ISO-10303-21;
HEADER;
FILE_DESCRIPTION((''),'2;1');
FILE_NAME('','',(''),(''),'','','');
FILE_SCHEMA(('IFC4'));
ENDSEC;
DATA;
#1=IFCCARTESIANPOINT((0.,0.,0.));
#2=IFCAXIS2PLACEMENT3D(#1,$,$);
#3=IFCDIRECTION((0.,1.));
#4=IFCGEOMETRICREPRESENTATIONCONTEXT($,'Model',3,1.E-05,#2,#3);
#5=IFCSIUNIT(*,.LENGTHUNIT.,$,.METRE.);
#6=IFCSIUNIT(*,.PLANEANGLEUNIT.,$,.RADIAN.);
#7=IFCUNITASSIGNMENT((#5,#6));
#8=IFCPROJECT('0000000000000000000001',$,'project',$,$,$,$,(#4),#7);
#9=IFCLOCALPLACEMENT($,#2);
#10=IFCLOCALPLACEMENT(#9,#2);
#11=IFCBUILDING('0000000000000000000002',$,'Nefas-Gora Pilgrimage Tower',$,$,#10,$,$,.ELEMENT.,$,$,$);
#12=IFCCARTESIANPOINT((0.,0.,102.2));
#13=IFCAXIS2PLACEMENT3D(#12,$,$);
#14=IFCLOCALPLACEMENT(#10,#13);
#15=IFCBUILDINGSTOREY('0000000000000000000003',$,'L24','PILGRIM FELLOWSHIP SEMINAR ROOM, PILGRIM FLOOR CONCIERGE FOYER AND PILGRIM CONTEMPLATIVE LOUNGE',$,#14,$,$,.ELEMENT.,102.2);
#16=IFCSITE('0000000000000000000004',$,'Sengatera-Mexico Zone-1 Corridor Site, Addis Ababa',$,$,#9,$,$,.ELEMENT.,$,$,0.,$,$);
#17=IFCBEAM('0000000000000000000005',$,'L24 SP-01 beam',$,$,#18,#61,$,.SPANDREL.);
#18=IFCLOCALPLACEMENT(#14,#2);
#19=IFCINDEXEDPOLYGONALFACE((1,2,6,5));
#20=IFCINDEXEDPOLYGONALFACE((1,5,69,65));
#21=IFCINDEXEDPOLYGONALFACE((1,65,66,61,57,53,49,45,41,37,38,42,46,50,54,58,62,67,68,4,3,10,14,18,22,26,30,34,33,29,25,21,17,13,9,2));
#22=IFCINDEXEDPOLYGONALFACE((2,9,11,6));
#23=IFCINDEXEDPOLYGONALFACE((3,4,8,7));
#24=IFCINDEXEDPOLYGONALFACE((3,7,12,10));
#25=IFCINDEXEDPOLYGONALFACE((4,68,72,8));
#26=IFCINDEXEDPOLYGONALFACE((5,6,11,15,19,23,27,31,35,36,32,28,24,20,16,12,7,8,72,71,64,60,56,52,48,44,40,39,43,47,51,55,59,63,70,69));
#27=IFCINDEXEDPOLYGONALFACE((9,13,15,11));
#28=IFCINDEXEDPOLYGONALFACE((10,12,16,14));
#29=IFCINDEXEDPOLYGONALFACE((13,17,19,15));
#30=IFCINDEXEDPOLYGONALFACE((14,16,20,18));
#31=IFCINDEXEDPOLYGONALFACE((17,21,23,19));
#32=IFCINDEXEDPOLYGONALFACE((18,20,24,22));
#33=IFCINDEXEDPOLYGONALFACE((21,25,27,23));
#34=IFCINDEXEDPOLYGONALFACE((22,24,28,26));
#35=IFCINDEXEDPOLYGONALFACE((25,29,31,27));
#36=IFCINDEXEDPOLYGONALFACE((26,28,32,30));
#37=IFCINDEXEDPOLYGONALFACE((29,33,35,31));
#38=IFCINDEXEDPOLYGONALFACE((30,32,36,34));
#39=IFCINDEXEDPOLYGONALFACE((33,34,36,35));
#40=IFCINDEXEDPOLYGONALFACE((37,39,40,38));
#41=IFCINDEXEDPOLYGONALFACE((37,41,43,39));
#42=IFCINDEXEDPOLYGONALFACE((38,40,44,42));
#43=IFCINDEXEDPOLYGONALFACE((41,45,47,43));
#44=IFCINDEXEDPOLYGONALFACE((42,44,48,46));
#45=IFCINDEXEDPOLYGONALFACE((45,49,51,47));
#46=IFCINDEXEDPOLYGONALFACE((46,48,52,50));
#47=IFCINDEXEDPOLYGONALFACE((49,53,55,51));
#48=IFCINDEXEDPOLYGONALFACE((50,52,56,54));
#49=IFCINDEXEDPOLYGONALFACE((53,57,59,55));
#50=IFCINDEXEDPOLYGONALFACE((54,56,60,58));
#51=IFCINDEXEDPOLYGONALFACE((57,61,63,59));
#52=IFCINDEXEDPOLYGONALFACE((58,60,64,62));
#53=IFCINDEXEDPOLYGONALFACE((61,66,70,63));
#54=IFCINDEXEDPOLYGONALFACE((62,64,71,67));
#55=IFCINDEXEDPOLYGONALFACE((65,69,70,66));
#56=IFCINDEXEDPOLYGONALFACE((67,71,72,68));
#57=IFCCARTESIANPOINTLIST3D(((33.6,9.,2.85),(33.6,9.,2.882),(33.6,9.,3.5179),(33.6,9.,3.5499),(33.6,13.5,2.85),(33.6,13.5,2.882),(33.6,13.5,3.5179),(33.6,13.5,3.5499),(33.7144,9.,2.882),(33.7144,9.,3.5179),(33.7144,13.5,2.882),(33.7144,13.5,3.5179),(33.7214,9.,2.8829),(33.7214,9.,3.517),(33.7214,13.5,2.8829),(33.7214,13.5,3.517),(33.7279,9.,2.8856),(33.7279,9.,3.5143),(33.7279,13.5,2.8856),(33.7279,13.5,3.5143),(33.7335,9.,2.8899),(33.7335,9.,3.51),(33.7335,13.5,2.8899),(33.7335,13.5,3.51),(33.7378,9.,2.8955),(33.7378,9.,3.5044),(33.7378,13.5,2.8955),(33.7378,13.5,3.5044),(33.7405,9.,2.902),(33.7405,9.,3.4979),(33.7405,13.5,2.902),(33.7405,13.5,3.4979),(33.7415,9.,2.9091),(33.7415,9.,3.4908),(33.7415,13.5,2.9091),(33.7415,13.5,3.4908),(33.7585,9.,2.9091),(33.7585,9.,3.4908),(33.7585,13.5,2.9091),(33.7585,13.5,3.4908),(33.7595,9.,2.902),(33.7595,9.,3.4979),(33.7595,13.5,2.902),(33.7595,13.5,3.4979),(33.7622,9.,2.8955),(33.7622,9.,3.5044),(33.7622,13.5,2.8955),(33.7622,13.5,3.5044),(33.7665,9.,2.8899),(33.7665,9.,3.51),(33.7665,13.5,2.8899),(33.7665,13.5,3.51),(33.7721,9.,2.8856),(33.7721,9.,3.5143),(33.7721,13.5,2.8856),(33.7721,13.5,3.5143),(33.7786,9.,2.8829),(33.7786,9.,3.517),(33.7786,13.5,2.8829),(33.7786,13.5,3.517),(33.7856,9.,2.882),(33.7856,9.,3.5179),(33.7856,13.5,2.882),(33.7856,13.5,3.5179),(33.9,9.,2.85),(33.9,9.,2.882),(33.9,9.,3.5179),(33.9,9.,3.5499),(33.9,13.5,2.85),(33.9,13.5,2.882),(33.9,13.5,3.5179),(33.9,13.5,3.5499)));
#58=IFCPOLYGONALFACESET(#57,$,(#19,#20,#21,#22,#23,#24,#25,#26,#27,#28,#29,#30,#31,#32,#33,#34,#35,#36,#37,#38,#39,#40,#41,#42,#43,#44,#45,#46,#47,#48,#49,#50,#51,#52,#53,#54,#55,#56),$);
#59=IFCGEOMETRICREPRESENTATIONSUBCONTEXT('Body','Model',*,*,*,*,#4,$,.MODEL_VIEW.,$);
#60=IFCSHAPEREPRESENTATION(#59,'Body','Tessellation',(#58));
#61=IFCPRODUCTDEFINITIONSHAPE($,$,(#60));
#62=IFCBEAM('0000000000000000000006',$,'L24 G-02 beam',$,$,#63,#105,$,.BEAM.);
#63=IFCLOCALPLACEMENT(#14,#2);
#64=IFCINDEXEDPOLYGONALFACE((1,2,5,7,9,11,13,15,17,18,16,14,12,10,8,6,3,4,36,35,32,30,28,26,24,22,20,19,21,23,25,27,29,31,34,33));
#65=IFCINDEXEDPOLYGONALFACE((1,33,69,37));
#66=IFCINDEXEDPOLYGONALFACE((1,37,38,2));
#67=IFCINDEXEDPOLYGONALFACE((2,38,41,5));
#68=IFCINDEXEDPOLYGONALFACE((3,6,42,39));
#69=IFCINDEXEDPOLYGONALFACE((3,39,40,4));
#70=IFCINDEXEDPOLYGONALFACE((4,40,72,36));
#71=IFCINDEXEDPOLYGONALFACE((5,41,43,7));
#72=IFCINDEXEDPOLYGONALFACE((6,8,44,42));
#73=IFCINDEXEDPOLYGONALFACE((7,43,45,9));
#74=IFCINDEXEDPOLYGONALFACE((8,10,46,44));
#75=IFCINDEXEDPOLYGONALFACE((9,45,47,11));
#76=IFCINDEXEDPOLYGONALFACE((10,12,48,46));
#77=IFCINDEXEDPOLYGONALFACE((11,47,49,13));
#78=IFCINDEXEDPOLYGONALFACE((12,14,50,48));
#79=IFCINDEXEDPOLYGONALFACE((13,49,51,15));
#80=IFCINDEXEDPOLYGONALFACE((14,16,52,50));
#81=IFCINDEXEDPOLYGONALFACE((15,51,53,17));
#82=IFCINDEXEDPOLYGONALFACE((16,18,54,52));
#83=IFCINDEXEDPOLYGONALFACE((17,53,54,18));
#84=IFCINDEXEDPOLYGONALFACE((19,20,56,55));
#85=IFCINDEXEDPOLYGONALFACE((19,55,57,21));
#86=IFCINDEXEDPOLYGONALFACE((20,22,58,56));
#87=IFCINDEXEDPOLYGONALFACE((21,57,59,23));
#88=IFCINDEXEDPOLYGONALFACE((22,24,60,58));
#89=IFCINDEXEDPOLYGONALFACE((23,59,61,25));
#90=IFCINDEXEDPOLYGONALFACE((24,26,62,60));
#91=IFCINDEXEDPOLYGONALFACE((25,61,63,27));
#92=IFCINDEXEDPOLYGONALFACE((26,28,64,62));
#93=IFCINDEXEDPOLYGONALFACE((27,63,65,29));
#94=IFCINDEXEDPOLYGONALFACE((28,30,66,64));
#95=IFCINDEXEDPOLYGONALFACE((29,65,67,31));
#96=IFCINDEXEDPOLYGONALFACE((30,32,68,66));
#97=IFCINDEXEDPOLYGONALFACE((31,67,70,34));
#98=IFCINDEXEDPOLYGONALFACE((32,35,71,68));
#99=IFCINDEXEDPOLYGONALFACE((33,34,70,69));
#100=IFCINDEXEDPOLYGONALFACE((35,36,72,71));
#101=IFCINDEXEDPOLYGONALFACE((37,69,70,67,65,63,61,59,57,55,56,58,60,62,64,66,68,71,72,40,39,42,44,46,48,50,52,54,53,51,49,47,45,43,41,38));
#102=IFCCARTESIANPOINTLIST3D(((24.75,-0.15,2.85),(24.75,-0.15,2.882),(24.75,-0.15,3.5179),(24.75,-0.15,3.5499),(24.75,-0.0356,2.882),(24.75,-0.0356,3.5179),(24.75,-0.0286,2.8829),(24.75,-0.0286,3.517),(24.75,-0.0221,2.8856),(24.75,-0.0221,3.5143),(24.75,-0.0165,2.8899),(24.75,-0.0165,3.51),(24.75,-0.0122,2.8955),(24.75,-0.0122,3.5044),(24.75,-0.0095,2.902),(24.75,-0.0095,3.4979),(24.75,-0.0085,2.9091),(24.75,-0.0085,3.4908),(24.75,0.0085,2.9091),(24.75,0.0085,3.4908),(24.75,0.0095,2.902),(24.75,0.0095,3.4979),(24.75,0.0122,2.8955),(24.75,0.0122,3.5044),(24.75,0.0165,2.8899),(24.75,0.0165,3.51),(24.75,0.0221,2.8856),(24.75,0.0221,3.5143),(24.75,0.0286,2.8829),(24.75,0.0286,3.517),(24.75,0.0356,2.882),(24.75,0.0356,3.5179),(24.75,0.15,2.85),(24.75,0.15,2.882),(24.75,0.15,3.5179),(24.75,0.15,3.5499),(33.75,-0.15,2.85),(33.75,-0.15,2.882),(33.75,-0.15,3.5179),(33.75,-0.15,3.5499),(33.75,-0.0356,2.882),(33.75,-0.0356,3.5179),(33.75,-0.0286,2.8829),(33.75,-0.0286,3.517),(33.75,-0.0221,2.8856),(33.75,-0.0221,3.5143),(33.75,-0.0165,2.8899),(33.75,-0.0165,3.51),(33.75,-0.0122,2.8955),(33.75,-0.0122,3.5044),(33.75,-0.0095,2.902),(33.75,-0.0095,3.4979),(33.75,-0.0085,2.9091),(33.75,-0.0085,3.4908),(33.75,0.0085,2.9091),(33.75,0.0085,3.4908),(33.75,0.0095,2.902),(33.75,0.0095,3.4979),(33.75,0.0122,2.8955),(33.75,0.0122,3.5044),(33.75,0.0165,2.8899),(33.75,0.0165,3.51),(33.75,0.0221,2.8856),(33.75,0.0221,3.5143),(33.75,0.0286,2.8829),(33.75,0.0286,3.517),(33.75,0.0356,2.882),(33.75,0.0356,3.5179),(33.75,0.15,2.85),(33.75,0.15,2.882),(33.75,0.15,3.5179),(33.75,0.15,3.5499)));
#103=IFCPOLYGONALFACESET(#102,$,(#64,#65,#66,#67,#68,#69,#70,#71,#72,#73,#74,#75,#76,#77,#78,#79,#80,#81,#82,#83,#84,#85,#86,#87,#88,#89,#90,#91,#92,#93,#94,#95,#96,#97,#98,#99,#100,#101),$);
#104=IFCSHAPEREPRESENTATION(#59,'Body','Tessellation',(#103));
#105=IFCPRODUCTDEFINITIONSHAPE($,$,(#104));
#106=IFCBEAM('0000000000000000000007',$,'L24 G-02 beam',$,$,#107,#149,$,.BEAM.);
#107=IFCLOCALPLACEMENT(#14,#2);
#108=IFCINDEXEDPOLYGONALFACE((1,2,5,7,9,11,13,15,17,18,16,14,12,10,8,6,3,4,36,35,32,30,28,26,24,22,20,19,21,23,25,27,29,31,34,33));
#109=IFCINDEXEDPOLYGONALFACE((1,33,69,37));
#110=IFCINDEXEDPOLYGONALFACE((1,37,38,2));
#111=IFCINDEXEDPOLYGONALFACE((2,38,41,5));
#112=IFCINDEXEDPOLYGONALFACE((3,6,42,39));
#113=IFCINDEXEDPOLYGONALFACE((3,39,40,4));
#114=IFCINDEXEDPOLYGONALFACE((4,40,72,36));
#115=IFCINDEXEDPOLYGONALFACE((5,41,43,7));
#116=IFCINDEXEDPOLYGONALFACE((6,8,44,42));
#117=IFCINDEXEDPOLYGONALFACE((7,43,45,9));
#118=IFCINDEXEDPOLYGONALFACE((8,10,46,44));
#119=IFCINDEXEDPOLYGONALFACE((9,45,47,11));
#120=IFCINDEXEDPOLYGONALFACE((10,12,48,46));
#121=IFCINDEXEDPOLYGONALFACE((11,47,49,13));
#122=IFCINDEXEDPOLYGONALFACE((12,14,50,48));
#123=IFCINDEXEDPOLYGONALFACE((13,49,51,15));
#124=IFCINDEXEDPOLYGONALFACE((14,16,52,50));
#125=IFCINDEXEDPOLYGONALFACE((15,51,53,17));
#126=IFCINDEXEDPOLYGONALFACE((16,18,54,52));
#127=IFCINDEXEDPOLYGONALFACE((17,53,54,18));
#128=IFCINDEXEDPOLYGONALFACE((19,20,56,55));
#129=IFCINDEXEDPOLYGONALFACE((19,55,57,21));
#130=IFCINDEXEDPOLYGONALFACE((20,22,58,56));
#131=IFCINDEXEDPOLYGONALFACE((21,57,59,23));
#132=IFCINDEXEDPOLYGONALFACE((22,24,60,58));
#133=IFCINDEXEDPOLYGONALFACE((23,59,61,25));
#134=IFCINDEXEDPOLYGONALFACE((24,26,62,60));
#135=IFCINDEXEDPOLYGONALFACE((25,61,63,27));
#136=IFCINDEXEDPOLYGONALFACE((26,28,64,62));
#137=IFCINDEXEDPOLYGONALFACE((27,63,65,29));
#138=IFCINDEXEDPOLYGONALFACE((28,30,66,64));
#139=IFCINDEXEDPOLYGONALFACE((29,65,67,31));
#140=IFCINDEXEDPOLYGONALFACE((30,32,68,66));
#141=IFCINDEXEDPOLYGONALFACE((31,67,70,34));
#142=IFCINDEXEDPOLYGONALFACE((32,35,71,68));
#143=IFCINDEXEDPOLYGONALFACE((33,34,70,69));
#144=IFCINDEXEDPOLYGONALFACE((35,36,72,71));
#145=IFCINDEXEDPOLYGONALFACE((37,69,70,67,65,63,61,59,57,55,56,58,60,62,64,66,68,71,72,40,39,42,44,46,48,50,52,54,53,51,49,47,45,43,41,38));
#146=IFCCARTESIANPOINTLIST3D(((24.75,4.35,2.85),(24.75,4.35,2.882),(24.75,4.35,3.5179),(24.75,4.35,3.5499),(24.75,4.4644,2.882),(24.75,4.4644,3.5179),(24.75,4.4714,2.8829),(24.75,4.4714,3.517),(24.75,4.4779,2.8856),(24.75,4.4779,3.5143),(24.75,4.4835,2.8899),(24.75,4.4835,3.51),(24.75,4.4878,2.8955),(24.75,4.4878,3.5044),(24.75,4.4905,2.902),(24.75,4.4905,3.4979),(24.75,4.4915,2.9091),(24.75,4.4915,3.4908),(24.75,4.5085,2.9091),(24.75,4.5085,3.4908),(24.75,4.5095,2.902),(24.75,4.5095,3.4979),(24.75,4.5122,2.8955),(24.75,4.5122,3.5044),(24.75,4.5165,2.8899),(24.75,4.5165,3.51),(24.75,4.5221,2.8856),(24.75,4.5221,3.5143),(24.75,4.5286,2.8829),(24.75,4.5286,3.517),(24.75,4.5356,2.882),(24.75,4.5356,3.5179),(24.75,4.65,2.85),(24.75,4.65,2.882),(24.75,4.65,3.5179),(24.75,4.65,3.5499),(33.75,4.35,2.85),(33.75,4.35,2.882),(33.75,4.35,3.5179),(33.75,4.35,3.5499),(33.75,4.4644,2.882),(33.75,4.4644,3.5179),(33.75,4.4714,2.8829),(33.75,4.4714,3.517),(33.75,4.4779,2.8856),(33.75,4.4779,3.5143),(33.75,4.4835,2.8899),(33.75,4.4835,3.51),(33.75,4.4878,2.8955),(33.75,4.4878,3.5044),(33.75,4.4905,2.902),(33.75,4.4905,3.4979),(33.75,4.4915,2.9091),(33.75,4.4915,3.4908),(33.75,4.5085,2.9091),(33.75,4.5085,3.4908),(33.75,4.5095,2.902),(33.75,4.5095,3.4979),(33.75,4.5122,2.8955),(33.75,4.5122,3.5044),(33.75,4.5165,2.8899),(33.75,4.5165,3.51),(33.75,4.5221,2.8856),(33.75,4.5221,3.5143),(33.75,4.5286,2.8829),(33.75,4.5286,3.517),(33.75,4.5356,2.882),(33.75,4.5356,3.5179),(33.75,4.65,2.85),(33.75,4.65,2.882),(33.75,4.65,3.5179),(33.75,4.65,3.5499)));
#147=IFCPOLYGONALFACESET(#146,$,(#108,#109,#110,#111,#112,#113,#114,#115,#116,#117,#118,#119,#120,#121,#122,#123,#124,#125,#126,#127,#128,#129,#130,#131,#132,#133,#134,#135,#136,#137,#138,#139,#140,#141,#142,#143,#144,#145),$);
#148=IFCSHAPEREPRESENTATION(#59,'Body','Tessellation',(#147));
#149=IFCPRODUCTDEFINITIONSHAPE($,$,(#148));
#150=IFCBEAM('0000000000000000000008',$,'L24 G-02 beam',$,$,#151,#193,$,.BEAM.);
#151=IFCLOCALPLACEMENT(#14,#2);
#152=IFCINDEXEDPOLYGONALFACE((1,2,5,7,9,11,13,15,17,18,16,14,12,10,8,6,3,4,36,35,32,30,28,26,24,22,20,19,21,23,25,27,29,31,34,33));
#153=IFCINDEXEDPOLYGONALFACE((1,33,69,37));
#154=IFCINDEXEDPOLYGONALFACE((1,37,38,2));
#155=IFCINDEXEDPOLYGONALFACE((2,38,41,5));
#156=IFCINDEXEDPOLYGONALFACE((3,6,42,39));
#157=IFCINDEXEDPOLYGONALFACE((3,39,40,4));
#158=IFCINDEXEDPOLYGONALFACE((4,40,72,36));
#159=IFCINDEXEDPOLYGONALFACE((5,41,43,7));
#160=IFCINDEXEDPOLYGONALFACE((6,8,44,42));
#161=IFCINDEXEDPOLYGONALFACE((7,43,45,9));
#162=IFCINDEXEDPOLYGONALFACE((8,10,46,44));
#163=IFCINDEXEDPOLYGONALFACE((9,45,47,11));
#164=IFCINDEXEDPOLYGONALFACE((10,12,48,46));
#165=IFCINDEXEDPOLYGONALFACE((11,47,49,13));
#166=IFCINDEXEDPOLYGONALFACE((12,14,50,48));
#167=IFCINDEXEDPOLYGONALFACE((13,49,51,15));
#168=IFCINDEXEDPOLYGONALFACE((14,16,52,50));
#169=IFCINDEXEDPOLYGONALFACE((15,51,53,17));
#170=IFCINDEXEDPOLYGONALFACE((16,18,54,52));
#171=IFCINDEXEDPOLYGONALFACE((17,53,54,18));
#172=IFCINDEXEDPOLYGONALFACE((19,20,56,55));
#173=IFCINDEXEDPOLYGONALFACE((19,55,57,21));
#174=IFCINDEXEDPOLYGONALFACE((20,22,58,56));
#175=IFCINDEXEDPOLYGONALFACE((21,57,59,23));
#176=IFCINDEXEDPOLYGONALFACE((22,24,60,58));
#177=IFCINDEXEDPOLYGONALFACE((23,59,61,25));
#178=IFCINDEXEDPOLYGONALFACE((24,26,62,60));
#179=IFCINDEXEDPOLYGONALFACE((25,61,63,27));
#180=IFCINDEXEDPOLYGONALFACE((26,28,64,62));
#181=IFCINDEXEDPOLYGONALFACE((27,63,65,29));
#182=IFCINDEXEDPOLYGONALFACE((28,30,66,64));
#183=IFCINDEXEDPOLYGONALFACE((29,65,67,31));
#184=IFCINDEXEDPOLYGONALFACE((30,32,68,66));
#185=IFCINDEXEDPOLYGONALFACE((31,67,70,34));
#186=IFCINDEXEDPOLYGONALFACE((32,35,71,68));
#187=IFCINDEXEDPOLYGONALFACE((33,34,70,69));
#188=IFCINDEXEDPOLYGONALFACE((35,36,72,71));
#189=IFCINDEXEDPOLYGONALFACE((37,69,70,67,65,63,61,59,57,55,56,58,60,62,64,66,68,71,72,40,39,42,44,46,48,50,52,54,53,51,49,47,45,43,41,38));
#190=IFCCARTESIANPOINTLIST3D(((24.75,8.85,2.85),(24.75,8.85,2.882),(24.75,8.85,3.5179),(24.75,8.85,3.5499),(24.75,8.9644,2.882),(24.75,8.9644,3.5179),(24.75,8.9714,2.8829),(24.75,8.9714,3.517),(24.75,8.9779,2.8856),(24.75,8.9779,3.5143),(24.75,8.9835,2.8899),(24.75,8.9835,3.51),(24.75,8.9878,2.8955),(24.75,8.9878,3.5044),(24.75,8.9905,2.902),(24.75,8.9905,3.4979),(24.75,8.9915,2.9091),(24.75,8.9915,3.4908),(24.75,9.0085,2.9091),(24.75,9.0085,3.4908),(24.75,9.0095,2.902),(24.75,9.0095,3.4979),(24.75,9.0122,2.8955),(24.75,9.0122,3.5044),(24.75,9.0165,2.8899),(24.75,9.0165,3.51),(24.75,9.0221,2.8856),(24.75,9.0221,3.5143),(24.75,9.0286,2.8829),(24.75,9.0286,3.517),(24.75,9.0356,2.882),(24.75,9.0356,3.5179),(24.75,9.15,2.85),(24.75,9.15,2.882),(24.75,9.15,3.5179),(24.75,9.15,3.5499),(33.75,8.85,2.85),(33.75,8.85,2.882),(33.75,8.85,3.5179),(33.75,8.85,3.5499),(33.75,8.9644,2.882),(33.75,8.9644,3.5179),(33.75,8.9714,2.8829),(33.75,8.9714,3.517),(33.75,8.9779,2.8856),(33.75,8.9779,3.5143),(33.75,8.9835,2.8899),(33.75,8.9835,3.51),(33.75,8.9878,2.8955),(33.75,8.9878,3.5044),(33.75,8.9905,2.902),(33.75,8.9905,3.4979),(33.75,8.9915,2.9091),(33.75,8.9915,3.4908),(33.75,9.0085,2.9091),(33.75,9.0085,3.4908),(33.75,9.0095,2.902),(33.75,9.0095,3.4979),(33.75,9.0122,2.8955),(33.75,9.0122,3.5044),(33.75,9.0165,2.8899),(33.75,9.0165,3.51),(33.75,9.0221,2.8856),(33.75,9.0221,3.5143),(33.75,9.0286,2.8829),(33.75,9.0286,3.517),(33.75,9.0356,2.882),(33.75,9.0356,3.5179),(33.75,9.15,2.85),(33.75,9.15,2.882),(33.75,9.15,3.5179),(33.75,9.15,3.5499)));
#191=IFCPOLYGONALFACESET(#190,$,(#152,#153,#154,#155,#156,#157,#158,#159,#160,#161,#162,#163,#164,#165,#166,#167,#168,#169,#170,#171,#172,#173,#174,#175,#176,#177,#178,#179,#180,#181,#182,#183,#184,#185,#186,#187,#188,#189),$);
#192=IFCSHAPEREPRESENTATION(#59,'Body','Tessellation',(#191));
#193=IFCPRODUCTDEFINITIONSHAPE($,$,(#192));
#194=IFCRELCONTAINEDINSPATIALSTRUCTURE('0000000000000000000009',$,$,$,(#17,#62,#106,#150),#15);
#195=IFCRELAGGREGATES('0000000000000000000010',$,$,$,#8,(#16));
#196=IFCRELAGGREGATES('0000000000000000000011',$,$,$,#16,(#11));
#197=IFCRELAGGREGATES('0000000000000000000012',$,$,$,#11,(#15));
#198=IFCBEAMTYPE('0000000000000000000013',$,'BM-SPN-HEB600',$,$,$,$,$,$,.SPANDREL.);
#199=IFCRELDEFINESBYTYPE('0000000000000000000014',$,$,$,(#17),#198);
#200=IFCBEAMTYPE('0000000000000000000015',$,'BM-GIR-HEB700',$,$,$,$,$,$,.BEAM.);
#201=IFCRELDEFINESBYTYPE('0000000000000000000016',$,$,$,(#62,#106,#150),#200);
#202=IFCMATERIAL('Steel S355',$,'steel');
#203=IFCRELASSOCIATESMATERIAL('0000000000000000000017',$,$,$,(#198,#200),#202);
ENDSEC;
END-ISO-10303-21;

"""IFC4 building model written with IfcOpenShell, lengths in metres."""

from ifc_helpers import new_model, si_unit, direction, frame, origin, origin_2d, place, context, subcontext, project, spatial, i_section, extrude, source, transform, mapped, material, material_profile, profile_set, type_object, element, save


model = new_model("IFC4")

# Units and contexts
model_context = context("Model", 3, precision=1e-05, world=origin(), true_north=direction((0.0, 1.0)))
body_context = subcontext(model_context, "Body", "Model", "MODEL_VIEW")
ifc_project = project(units=[si_unit("LENGTHUNIT", "METRE"), si_unit("PLANEANGLEUNIT", "RADIAN")], contexts=[model_context])

# Site, building, storey
site_placement = place(None, origin())
site = spatial("IfcSite", under=ifc_project, at=site_placement, Name="Sengatera-Mexico Zone-1 Corridor Site, Addis Ababa", CompositionType="ELEMENT", RefElevation=0.0)
building_placement = place(site_placement, origin())
building = spatial("IfcBuilding", under=site, at=building_placement, Name="Nefas-Gora Pilgrimage Tower", CompositionType="ELEMENT")
storey_placement = place(building_placement, frame((0.0, 0.0, 102.2)))
storey = spatial("IfcBuildingStorey", under=building, at=storey_placement, Name="L24", Description="PILGRIM FELLOWSHIP SEMINAR ROOM, PILGRIM FLOOR CONCIERGE FOYER AND PILGRIM CONTEMPLATIVE LOUNGE", CompositionType="ELEMENT", Elevation=102.2)

# Beams
ifc_material_1 = material(Name="Steel S355", Category="steel")
ifc_material_profile_1 = material_profile(ifc_material_1, i_section(OverallWidth=0.3, OverallDepth=0.7, WebThickness=0.0171, FlangeThickness=0.032, FilletRadius=0.0271, at=origin_2d()), Name="HEB 700")
ifc_profile_set_1 = profile_set([ifc_material_profile_1], Name="Steel S355")
beam_type_1 = type_object("IfcBeamType", Name="BM-SPN-HEB600", PredefinedType="SPANDREL", material=ifc_profile_set_1)
shared_shape_1 = source(origin(), body_context, "Body", "SweptSolid", [
    extrude(i_section(OverallWidth=0.3, OverallDepth=0.7, WebThickness=0.0171, FlangeThickness=0.032, FilletRadius=0.0271, at=origin_2d()), origin(), (0.0, 0.0, 1.0), 4.5),
])
for number, where, z_axis, x_axis, name in (
    (1, (33.75, 9.0, 3.2), (0.0, 1.0, 0.0), (-1.0, 0.0, 0.0), "L24 SP-01 beam"),
):
    element("IfcBeam", number, at=place(storey_placement, frame(where, z_axis=z_axis, x_axis=x_axis)), inside=storey, type_object=beam_type_1, Name=name, PredefinedType="SPANDREL", context=body_context, shape_type="MappedRepresentation", body=[
        mapped(shared_shape_1, transform((0.0, 0.0, 0.0), x_axis=(1.0, 0.0, 0.0), y_axis=(0.0, 1.0, 0.0), z_axis=(0.0, 0.0, 1.0), scale=1.0)),
    ])
ifc_material_profile_2 = material_profile(ifc_material_1, i_section(OverallWidth=0.3, OverallDepth=0.7, WebThickness=0.0171, FlangeThickness=0.032, FilletRadius=0.0271, at=origin_2d()), Name="HEB 700")
ifc_profile_set_2 = profile_set([ifc_material_profile_2], Name="Steel S355")
beam_type_2 = type_object("IfcBeamType", Name="BM-GIR-HEB700", PredefinedType="BEAM", material=ifc_profile_set_2)
shared_shape_2 = source(origin(), body_context, "Body", "SweptSolid", [
    extrude(i_section(OverallWidth=0.3, OverallDepth=0.7, WebThickness=0.0171, FlangeThickness=0.032, FilletRadius=0.0271, at=origin_2d()), origin(), (0.0, 0.0, 1.0), 9.0),
])
for number, where, z_axis, x_axis, name in (
    (2, (24.75, 0.0, 3.2), (1.0, 0.0, 0.0), (0.0, 1.0, 0.0), "L24 G-02 beam"),
    (3, (24.75, 4.5, 3.2), (1.0, 0.0, 0.0), (0.0, 1.0, 0.0), "L24 G-02 beam"),
    (4, (24.75, 9.0, 3.2), (1.0, 0.0, 0.0), (0.0, 1.0, 0.0), "L24 G-02 beam"),
):
    element("IfcBeam", number, at=place(storey_placement, frame(where, z_axis=z_axis, x_axis=x_axis)), inside=storey, type_object=beam_type_2, Name=name, PredefinedType="BEAM", context=body_context, shape_type="MappedRepresentation", body=[
        mapped(shared_shape_2, transform((0.0, 0.0, 0.0), x_axis=(1.0, 0.0, 0.0), y_axis=(0.0, 1.0, 0.0), z_axis=(0.0, 0.0, 1.0), scale=1.0)),
    ])

save(model, "model.ifc")
